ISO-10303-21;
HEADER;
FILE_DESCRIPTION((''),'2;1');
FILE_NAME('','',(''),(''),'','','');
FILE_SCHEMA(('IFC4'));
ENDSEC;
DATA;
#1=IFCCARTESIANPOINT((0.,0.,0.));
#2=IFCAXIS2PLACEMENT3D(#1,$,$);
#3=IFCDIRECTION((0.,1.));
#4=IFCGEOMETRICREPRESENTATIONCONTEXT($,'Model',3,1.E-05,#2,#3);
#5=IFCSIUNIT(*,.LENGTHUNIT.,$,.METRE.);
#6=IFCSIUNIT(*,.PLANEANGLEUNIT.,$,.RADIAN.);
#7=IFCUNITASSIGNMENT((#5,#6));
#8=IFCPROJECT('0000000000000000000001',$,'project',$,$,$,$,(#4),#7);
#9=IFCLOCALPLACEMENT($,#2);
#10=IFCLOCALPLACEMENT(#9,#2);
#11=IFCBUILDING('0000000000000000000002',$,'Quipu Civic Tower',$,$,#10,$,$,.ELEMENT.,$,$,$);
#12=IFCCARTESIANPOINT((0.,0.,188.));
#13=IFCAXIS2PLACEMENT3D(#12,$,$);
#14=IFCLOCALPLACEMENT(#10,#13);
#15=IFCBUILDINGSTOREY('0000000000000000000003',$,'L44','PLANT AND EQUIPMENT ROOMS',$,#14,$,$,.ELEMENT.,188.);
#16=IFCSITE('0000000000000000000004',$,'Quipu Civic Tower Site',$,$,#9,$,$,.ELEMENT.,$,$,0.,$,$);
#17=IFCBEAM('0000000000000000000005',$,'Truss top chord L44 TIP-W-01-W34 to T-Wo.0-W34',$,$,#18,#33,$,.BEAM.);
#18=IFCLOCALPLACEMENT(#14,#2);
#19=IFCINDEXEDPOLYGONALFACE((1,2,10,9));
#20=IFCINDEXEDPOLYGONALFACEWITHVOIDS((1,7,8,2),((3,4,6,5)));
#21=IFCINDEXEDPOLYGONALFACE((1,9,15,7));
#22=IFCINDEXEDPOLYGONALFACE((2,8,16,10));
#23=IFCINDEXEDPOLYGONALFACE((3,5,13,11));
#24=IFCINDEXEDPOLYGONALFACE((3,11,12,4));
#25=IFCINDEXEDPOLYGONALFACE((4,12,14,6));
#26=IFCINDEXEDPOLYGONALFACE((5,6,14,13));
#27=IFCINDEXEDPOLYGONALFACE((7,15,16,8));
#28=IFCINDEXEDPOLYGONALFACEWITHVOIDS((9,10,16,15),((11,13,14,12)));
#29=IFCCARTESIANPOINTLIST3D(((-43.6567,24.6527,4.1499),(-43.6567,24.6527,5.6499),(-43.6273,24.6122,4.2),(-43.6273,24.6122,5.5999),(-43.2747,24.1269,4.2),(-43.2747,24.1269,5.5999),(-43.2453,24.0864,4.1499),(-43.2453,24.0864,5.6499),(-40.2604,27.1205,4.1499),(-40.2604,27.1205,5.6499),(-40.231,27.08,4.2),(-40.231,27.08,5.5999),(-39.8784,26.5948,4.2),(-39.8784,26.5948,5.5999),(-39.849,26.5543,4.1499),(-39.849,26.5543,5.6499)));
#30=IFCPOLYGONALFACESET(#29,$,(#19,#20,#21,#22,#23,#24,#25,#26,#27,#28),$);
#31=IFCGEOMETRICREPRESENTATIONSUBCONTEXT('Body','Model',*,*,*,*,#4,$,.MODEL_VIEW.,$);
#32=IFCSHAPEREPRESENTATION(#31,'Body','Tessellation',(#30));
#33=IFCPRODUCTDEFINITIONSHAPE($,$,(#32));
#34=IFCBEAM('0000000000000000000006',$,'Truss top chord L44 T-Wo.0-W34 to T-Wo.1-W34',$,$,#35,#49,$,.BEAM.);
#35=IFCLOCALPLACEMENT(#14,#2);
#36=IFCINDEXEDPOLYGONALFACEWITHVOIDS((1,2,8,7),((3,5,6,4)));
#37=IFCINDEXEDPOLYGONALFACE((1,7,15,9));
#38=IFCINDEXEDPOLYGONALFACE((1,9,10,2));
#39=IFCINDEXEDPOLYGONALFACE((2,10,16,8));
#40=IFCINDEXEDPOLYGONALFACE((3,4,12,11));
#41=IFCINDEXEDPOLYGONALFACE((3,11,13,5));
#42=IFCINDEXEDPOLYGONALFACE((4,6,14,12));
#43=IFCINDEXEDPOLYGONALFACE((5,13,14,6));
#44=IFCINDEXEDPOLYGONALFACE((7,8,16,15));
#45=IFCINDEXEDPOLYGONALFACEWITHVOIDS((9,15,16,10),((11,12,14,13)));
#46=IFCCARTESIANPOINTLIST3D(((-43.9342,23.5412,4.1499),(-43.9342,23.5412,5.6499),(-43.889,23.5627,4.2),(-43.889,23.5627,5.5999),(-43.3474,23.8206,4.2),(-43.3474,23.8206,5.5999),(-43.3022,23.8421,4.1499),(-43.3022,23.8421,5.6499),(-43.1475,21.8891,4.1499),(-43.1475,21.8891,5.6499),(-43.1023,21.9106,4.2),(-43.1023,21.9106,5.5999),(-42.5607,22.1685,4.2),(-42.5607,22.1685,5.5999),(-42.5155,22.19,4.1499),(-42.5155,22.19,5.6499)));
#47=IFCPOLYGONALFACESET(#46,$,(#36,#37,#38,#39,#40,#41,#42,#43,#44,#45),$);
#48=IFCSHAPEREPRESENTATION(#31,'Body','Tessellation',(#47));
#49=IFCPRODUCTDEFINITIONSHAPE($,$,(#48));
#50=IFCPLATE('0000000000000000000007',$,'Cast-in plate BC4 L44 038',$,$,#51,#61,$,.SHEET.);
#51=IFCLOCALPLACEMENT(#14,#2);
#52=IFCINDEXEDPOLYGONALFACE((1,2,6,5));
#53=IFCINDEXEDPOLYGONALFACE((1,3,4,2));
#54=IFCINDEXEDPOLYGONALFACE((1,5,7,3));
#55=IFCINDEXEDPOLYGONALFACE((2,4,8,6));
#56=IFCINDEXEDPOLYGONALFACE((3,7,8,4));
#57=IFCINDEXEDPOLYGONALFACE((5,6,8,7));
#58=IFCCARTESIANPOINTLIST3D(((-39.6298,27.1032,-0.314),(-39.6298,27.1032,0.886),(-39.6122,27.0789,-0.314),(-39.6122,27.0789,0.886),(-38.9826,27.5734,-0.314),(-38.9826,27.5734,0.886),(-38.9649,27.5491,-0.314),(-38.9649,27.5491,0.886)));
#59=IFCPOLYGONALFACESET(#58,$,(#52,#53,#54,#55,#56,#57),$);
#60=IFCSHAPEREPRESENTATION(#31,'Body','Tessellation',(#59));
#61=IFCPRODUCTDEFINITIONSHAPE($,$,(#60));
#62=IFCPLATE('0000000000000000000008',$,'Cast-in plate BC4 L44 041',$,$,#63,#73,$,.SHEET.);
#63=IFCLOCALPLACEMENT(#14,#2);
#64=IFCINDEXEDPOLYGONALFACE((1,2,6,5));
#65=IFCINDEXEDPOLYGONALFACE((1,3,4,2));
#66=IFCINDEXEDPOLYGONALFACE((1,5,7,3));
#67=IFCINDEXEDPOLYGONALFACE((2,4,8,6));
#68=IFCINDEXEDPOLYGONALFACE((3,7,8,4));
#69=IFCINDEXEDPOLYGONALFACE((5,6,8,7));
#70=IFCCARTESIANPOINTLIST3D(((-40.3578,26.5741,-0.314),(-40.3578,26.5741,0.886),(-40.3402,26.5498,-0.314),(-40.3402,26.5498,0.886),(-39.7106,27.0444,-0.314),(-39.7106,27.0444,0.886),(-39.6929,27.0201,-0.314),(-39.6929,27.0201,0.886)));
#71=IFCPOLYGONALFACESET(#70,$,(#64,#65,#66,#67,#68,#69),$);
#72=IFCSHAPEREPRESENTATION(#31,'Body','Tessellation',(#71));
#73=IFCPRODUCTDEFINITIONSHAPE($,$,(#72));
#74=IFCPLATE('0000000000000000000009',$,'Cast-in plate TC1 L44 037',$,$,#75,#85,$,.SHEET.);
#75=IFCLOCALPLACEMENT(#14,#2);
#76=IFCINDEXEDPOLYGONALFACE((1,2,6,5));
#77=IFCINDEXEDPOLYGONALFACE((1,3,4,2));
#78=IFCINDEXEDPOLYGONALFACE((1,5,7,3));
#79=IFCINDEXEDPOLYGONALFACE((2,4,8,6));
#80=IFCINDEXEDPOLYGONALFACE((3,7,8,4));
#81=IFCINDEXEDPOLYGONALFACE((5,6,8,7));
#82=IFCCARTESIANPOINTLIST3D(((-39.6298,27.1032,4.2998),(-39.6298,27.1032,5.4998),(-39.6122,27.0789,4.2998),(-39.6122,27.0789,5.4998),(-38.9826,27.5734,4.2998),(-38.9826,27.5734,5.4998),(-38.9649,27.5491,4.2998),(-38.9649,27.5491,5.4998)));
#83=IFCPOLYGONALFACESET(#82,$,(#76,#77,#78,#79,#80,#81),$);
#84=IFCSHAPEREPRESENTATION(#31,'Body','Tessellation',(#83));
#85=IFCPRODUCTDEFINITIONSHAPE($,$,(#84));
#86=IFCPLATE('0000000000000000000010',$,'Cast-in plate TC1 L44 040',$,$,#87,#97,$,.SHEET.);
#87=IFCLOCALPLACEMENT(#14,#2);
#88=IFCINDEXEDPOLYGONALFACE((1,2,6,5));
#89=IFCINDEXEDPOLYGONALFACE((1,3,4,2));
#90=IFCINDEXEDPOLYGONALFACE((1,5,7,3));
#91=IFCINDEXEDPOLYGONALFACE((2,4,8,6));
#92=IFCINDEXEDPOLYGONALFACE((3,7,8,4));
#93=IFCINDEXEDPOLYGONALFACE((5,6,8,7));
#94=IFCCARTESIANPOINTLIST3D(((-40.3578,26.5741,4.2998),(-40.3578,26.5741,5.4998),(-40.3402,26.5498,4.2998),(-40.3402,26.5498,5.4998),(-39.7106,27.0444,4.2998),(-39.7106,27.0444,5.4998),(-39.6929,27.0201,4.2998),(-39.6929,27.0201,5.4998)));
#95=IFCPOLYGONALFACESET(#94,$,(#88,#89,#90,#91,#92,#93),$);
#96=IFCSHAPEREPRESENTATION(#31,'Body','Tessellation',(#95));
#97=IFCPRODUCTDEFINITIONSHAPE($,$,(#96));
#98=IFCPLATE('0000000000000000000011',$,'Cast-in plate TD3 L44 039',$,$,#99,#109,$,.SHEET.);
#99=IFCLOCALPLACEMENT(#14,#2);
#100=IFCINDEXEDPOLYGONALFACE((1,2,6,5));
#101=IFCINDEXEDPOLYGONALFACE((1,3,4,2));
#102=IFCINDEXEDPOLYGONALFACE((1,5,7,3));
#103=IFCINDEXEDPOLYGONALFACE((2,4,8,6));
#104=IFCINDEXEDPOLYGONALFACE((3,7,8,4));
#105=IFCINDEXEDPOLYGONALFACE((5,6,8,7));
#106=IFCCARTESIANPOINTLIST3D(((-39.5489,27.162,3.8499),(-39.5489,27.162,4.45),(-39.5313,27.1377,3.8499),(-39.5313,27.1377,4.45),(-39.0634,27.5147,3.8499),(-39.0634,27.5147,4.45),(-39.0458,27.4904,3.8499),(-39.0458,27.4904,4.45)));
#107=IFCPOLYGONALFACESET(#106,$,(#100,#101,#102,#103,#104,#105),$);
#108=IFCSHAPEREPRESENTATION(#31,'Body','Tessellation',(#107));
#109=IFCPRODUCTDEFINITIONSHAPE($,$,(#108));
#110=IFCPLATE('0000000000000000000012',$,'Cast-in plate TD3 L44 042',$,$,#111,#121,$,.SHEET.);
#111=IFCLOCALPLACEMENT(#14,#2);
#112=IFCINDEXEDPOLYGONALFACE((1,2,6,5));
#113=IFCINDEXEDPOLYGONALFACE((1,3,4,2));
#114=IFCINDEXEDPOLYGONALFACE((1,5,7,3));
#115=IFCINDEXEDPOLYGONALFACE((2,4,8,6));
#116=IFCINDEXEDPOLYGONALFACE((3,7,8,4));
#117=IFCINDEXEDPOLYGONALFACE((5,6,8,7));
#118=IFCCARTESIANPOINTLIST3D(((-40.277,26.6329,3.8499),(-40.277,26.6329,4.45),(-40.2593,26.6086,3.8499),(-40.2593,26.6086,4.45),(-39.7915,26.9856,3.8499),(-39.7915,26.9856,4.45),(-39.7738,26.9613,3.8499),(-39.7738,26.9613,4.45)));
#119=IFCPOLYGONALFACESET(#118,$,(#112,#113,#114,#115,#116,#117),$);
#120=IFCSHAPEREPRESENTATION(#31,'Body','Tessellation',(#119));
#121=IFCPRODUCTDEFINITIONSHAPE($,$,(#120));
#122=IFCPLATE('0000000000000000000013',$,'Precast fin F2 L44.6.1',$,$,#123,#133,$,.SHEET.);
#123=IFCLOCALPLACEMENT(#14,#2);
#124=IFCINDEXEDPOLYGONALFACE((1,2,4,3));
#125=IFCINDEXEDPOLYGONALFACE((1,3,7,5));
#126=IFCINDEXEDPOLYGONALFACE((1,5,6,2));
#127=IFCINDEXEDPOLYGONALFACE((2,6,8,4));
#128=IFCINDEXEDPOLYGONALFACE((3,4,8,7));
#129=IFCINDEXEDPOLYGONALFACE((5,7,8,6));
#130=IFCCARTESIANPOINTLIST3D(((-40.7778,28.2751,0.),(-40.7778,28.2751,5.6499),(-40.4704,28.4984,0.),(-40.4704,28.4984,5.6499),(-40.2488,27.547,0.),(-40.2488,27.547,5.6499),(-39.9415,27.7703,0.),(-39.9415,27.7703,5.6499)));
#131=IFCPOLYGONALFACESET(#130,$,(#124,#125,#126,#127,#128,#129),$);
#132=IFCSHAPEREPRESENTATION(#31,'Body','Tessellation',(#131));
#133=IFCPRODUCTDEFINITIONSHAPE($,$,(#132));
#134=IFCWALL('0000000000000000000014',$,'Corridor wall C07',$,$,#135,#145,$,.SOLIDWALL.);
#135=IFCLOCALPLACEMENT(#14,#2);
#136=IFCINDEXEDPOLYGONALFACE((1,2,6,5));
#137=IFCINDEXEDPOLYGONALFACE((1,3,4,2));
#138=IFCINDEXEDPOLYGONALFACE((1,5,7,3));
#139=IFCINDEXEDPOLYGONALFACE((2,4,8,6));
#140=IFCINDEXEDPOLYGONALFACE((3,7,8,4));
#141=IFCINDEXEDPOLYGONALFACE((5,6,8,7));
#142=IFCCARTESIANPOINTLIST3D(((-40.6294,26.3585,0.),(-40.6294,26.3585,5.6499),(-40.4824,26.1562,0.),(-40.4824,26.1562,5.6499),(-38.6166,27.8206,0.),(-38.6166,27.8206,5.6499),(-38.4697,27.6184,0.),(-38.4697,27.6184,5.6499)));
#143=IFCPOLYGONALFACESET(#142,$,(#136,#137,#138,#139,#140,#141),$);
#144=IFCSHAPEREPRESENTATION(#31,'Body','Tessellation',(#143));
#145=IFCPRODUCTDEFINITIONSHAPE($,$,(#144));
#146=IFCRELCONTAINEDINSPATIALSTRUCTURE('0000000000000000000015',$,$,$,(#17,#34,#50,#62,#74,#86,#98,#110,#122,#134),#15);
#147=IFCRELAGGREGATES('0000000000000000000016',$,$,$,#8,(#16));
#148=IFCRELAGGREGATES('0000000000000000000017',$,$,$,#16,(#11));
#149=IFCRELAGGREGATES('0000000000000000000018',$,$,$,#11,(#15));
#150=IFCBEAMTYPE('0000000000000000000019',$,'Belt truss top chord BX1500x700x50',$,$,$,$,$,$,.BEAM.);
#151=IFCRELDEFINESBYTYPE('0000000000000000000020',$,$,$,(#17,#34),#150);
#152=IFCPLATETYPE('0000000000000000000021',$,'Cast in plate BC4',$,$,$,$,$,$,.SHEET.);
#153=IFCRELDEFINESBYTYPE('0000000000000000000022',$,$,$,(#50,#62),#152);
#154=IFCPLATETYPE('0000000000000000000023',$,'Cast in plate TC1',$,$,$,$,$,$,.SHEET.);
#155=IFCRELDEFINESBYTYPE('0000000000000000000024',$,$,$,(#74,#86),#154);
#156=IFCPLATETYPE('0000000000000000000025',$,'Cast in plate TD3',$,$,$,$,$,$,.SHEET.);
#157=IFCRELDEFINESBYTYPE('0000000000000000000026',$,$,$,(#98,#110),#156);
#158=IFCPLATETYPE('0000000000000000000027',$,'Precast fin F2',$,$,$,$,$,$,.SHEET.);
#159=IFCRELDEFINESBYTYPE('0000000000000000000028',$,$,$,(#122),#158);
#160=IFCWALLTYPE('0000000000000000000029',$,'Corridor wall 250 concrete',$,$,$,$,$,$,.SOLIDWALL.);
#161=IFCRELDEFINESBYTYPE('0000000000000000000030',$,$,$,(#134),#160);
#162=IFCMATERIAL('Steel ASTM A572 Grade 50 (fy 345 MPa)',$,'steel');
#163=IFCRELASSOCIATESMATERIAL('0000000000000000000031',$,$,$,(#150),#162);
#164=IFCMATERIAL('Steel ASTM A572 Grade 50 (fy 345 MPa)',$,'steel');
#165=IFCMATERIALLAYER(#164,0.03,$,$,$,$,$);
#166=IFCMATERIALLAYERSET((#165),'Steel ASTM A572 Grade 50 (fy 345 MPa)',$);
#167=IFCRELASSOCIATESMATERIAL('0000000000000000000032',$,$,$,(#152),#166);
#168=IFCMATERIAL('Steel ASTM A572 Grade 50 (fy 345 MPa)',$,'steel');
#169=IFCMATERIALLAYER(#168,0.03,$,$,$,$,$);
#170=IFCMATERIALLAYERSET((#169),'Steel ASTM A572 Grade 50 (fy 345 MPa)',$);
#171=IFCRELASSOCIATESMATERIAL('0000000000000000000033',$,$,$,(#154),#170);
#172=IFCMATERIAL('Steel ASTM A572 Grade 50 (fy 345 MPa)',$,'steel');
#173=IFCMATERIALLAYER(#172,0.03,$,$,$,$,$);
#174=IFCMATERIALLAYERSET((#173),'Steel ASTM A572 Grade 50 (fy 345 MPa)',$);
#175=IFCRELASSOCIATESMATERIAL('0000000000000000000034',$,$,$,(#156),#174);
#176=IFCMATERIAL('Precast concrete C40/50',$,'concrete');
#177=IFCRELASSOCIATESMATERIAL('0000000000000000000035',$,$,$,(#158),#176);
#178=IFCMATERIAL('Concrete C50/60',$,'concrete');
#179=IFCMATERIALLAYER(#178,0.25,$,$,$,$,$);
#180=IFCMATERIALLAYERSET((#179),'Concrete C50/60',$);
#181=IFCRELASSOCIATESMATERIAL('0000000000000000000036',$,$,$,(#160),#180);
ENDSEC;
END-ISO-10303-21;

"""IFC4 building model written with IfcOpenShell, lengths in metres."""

from ifc_helpers import new_model, si_unit, direction, frame, frame_2d, origin, origin_2d, place, context, subcontext, project, spatial, rectangle, hollow_rectangle, extrude, material, layer, layer_set, material_profile, profile_set, type_object, element, save


model = new_model("IFC4")

# Units and contexts
model_context = context("Model", 3, precision=1e-05, world=origin(), true_north=direction((0.0, 1.0)))
body_context = subcontext(model_context, "Body", "Model", "MODEL_VIEW")
ifc_project = project(units=[si_unit("LENGTHUNIT", "METRE"), si_unit("PLANEANGLEUNIT", "RADIAN")], contexts=[model_context])

# Site, building, storey
site_placement = place(None, origin())
site = spatial("IfcSite", under=ifc_project, at=site_placement, Name="Quipu Civic Tower Site", CompositionType="ELEMENT", RefElevation=0.0)
building_placement = place(site_placement, origin())
building = spatial("IfcBuilding", under=site, at=building_placement, Name="Quipu Civic Tower", CompositionType="ELEMENT")
storey_placement = place(building_placement, frame((0.0, 0.0, 188.0)))
storey = spatial("IfcBuildingStorey", under=building, at=storey_placement, Name="L44", Description="PLANT AND EQUIPMENT ROOMS", CompositionType="ELEMENT", Elevation=188.0)

# Beams
ifc_material_1 = material(Name="Steel ASTM A572 Grade 50 (fy 345 MPa)", Category="steel")
ifc_material_profile_1 = material_profile(ifc_material_1, hollow_rectangle(XDim=0.7, YDim=1.5, WallThickness=0.05, at=origin_2d()), Name="BX1500x700x50")
ifc_profile_set_1 = profile_set([ifc_material_profile_1], Name="Steel ASTM A572 Grade 50 (fy 345 MPa)")
beam_type_1 = type_object("IfcBeamType", Name="Belt truss top chord BX1500x700x50", PredefinedType="BEAM", material=ifc_profile_set_1)
beam_1_placement = place(storey_placement, frame((-40.0547, 26.8374, 4.8999), z_axis=(-0.808987, -0.587826, 0.0), x_axis=(0.587826, -0.808987, 0.0)))
element("IfcBeam", 1, at=beam_1_placement, inside=storey, type_object=beam_type_1, Name="Truss top chord L44 TIP-W-01-W34 to T-Wo.0-W34", PredefinedType="BEAM", context=body_context, shape_type="SweptSolid", body=[
    extrude(hollow_rectangle(XDim=0.7, YDim=1.5, WallThickness=0.05, at=origin_2d()), origin(), (0.0, 0.0, 1.0), 4.1982),
])
beam_2_placement = place(storey_placement, frame((-43.6182, 23.6917, 4.8999), z_axis=(0.429892, -0.90288, 0.0), x_axis=(0.90288, 0.429892, 0.0)))
element("IfcBeam", 2, at=beam_2_placement, inside=storey, type_object=beam_type_1, Name="Truss top chord L44 T-Wo.0-W34 to T-Wo.1-W34", PredefinedType="BEAM", context=body_context, shape_type="SweptSolid", body=[
    extrude(hollow_rectangle(XDim=0.7, YDim=1.5, WallThickness=0.05, at=origin_2d()), origin(), (0.0, 0.0, 1.0), 1.8298),
])

# Plates
ifc_material_2 = material(Name="Steel ASTM A572 Grade 50 (fy 345 MPa)", Category="steel")
ifc_layer_1 = layer(ifc_material_2, 0.03)
ifc_layer_set_1 = layer_set([ifc_layer_1], Name="Steel ASTM A572 Grade 50 (fy 345 MPa)")
plate_type_1 = type_object("IfcPlateType", Name="Cast in plate BC4", PredefinedType="SHEET", material=ifc_layer_set_1)
for number, where, z_axis, x_axis, name in (
    (3, (-39.2974, 27.3262, -0.314), (0.0, 0.0, 1.0), (0.809027, 0.587771, 0.0), "Cast-in plate BC4 L44 038"),
    (4, (-40.0254, 26.7971, -0.314), (0.0, 0.0, 1.0), (0.809027, 0.587771, 0.0), "Cast-in plate BC4 L44 041"),
):
    element("IfcPlate", number, at=place(storey_placement, frame(where, z_axis=z_axis, x_axis=x_axis)), inside=storey, type_object=plate_type_1, Name=name, PredefinedType="SHEET", context=body_context, shape_type="SweptSolid", body=[
        extrude(rectangle(XDim=0.8, YDim=0.03, at=origin_2d()), origin(), (0.0, 0.0, 1.0), 1.2),
    ])
ifc_material_3 = material(Name="Steel ASTM A572 Grade 50 (fy 345 MPa)", Category="steel")
ifc_layer_2 = layer(ifc_material_3, 0.03)
ifc_layer_set_2 = layer_set([ifc_layer_2], Name="Steel ASTM A572 Grade 50 (fy 345 MPa)")
plate_type_2 = type_object("IfcPlateType", Name="Cast in plate TC1", PredefinedType="SHEET", material=ifc_layer_set_2)
for number, where, z_axis, x_axis, name in (
    (5, (-39.2974, 27.3262, 4.2998), (0.0, 0.0, 1.0), (0.809027, 0.587771, 0.0), "Cast-in plate TC1 L44 037"),
    (6, (-40.0254, 26.7971, 4.2998), (0.0, 0.0, 1.0), (0.809027, 0.587771, 0.0), "Cast-in plate TC1 L44 040"),
):
    element("IfcPlate", number, at=place(storey_placement, frame(where, z_axis=z_axis, x_axis=x_axis)), inside=storey, type_object=plate_type_2, Name=name, PredefinedType="SHEET", context=body_context, shape_type="SweptSolid", body=[
        extrude(rectangle(XDim=0.8, YDim=0.03, at=origin_2d()), origin(), (0.0, 0.0, 1.0), 1.2),
    ])
ifc_material_4 = material(Name="Steel ASTM A572 Grade 50 (fy 345 MPa)", Category="steel")
ifc_layer_3 = layer(ifc_material_4, 0.03)
ifc_layer_set_3 = layer_set([ifc_layer_3], Name="Steel ASTM A572 Grade 50 (fy 345 MPa)")
plate_type_3 = type_object("IfcPlateType", Name="Cast in plate TD3", PredefinedType="SHEET", material=ifc_layer_set_3)
for number, where, z_axis, x_axis, name in (
    (7, (-39.2974, 27.3262, 3.8499), (0.0, 0.0, 1.0), (0.809027, 0.587771, 0.0), "Cast-in plate TD3 L44 039"),
    (8, (-40.0254, 26.7971, 3.8499), (0.0, 0.0, 1.0), (0.809027, 0.587771, 0.0), "Cast-in plate TD3 L44 042"),
):
    element("IfcPlate", number, at=place(storey_placement, frame(where, z_axis=z_axis, x_axis=x_axis)), inside=storey, type_object=plate_type_3, Name=name, PredefinedType="SHEET", context=body_context, shape_type="SweptSolid", body=[
        extrude(rectangle(XDim=0.6001, YDim=0.03, at=origin_2d()), origin(), (0.0, 0.0, 1.0), 0.6001),
    ])
ifc_material_5 = material(Name="Precast concrete C40/50", Category="concrete")
plate_type_4 = type_object("IfcPlateType", Name="Precast fin F2", PredefinedType="SHEET", material=ifc_material_5)
plate_placement = place(storey_placement, frame((-40.3596, 28.0227, 0.0), z_axis=(0.0, 0.0, 1.0), x_axis=(-0.809017, -0.587785, 0.0)))
element("IfcPlate", 9, at=plate_placement, inside=storey, type_object=plate_type_4, Name="Precast fin F2 L44.6.1", PredefinedType="SHEET", context=body_context, shape_type="SweptSolid", body=[
    extrude(rectangle(XDim=0.3799, YDim=0.8999, at=origin_2d()), origin(), (0.0, 0.0, 1.0), 5.6499),
])

# Wall
ifc_material_6 = material(Name="Concrete C50/60", Category="concrete")
ifc_layer_4 = layer(ifc_material_6, 0.25)
ifc_layer_set_4 = layer_set([ifc_layer_4], Name="Concrete C50/60")
wall_type_1 = type_object("IfcWallType", Name="Corridor wall 250 concrete", PredefinedType="SOLIDWALL", material=ifc_layer_set_4)
wall_1_placement = place(storey_placement, frame((-40.5559, 26.2573, 0.0), z_axis=(0.0, 0.0, 1.0), x_axis=(0.809046, 0.587746, 0.0)))
element("IfcWall", 10, at=wall_1_placement, inside=storey, type_object=wall_type_1, Name="Corridor wall C07", PredefinedType="SOLIDWALL", context=body_context, shape_type="SweptSolid", body=[
    extrude(rectangle(XDim=2.4878, YDim=0.25, at=frame_2d((1.2439, 0.0))), origin(), (0.0, 0.0, 1.0), 5.6499),
])

save(model, "model.ifc")
